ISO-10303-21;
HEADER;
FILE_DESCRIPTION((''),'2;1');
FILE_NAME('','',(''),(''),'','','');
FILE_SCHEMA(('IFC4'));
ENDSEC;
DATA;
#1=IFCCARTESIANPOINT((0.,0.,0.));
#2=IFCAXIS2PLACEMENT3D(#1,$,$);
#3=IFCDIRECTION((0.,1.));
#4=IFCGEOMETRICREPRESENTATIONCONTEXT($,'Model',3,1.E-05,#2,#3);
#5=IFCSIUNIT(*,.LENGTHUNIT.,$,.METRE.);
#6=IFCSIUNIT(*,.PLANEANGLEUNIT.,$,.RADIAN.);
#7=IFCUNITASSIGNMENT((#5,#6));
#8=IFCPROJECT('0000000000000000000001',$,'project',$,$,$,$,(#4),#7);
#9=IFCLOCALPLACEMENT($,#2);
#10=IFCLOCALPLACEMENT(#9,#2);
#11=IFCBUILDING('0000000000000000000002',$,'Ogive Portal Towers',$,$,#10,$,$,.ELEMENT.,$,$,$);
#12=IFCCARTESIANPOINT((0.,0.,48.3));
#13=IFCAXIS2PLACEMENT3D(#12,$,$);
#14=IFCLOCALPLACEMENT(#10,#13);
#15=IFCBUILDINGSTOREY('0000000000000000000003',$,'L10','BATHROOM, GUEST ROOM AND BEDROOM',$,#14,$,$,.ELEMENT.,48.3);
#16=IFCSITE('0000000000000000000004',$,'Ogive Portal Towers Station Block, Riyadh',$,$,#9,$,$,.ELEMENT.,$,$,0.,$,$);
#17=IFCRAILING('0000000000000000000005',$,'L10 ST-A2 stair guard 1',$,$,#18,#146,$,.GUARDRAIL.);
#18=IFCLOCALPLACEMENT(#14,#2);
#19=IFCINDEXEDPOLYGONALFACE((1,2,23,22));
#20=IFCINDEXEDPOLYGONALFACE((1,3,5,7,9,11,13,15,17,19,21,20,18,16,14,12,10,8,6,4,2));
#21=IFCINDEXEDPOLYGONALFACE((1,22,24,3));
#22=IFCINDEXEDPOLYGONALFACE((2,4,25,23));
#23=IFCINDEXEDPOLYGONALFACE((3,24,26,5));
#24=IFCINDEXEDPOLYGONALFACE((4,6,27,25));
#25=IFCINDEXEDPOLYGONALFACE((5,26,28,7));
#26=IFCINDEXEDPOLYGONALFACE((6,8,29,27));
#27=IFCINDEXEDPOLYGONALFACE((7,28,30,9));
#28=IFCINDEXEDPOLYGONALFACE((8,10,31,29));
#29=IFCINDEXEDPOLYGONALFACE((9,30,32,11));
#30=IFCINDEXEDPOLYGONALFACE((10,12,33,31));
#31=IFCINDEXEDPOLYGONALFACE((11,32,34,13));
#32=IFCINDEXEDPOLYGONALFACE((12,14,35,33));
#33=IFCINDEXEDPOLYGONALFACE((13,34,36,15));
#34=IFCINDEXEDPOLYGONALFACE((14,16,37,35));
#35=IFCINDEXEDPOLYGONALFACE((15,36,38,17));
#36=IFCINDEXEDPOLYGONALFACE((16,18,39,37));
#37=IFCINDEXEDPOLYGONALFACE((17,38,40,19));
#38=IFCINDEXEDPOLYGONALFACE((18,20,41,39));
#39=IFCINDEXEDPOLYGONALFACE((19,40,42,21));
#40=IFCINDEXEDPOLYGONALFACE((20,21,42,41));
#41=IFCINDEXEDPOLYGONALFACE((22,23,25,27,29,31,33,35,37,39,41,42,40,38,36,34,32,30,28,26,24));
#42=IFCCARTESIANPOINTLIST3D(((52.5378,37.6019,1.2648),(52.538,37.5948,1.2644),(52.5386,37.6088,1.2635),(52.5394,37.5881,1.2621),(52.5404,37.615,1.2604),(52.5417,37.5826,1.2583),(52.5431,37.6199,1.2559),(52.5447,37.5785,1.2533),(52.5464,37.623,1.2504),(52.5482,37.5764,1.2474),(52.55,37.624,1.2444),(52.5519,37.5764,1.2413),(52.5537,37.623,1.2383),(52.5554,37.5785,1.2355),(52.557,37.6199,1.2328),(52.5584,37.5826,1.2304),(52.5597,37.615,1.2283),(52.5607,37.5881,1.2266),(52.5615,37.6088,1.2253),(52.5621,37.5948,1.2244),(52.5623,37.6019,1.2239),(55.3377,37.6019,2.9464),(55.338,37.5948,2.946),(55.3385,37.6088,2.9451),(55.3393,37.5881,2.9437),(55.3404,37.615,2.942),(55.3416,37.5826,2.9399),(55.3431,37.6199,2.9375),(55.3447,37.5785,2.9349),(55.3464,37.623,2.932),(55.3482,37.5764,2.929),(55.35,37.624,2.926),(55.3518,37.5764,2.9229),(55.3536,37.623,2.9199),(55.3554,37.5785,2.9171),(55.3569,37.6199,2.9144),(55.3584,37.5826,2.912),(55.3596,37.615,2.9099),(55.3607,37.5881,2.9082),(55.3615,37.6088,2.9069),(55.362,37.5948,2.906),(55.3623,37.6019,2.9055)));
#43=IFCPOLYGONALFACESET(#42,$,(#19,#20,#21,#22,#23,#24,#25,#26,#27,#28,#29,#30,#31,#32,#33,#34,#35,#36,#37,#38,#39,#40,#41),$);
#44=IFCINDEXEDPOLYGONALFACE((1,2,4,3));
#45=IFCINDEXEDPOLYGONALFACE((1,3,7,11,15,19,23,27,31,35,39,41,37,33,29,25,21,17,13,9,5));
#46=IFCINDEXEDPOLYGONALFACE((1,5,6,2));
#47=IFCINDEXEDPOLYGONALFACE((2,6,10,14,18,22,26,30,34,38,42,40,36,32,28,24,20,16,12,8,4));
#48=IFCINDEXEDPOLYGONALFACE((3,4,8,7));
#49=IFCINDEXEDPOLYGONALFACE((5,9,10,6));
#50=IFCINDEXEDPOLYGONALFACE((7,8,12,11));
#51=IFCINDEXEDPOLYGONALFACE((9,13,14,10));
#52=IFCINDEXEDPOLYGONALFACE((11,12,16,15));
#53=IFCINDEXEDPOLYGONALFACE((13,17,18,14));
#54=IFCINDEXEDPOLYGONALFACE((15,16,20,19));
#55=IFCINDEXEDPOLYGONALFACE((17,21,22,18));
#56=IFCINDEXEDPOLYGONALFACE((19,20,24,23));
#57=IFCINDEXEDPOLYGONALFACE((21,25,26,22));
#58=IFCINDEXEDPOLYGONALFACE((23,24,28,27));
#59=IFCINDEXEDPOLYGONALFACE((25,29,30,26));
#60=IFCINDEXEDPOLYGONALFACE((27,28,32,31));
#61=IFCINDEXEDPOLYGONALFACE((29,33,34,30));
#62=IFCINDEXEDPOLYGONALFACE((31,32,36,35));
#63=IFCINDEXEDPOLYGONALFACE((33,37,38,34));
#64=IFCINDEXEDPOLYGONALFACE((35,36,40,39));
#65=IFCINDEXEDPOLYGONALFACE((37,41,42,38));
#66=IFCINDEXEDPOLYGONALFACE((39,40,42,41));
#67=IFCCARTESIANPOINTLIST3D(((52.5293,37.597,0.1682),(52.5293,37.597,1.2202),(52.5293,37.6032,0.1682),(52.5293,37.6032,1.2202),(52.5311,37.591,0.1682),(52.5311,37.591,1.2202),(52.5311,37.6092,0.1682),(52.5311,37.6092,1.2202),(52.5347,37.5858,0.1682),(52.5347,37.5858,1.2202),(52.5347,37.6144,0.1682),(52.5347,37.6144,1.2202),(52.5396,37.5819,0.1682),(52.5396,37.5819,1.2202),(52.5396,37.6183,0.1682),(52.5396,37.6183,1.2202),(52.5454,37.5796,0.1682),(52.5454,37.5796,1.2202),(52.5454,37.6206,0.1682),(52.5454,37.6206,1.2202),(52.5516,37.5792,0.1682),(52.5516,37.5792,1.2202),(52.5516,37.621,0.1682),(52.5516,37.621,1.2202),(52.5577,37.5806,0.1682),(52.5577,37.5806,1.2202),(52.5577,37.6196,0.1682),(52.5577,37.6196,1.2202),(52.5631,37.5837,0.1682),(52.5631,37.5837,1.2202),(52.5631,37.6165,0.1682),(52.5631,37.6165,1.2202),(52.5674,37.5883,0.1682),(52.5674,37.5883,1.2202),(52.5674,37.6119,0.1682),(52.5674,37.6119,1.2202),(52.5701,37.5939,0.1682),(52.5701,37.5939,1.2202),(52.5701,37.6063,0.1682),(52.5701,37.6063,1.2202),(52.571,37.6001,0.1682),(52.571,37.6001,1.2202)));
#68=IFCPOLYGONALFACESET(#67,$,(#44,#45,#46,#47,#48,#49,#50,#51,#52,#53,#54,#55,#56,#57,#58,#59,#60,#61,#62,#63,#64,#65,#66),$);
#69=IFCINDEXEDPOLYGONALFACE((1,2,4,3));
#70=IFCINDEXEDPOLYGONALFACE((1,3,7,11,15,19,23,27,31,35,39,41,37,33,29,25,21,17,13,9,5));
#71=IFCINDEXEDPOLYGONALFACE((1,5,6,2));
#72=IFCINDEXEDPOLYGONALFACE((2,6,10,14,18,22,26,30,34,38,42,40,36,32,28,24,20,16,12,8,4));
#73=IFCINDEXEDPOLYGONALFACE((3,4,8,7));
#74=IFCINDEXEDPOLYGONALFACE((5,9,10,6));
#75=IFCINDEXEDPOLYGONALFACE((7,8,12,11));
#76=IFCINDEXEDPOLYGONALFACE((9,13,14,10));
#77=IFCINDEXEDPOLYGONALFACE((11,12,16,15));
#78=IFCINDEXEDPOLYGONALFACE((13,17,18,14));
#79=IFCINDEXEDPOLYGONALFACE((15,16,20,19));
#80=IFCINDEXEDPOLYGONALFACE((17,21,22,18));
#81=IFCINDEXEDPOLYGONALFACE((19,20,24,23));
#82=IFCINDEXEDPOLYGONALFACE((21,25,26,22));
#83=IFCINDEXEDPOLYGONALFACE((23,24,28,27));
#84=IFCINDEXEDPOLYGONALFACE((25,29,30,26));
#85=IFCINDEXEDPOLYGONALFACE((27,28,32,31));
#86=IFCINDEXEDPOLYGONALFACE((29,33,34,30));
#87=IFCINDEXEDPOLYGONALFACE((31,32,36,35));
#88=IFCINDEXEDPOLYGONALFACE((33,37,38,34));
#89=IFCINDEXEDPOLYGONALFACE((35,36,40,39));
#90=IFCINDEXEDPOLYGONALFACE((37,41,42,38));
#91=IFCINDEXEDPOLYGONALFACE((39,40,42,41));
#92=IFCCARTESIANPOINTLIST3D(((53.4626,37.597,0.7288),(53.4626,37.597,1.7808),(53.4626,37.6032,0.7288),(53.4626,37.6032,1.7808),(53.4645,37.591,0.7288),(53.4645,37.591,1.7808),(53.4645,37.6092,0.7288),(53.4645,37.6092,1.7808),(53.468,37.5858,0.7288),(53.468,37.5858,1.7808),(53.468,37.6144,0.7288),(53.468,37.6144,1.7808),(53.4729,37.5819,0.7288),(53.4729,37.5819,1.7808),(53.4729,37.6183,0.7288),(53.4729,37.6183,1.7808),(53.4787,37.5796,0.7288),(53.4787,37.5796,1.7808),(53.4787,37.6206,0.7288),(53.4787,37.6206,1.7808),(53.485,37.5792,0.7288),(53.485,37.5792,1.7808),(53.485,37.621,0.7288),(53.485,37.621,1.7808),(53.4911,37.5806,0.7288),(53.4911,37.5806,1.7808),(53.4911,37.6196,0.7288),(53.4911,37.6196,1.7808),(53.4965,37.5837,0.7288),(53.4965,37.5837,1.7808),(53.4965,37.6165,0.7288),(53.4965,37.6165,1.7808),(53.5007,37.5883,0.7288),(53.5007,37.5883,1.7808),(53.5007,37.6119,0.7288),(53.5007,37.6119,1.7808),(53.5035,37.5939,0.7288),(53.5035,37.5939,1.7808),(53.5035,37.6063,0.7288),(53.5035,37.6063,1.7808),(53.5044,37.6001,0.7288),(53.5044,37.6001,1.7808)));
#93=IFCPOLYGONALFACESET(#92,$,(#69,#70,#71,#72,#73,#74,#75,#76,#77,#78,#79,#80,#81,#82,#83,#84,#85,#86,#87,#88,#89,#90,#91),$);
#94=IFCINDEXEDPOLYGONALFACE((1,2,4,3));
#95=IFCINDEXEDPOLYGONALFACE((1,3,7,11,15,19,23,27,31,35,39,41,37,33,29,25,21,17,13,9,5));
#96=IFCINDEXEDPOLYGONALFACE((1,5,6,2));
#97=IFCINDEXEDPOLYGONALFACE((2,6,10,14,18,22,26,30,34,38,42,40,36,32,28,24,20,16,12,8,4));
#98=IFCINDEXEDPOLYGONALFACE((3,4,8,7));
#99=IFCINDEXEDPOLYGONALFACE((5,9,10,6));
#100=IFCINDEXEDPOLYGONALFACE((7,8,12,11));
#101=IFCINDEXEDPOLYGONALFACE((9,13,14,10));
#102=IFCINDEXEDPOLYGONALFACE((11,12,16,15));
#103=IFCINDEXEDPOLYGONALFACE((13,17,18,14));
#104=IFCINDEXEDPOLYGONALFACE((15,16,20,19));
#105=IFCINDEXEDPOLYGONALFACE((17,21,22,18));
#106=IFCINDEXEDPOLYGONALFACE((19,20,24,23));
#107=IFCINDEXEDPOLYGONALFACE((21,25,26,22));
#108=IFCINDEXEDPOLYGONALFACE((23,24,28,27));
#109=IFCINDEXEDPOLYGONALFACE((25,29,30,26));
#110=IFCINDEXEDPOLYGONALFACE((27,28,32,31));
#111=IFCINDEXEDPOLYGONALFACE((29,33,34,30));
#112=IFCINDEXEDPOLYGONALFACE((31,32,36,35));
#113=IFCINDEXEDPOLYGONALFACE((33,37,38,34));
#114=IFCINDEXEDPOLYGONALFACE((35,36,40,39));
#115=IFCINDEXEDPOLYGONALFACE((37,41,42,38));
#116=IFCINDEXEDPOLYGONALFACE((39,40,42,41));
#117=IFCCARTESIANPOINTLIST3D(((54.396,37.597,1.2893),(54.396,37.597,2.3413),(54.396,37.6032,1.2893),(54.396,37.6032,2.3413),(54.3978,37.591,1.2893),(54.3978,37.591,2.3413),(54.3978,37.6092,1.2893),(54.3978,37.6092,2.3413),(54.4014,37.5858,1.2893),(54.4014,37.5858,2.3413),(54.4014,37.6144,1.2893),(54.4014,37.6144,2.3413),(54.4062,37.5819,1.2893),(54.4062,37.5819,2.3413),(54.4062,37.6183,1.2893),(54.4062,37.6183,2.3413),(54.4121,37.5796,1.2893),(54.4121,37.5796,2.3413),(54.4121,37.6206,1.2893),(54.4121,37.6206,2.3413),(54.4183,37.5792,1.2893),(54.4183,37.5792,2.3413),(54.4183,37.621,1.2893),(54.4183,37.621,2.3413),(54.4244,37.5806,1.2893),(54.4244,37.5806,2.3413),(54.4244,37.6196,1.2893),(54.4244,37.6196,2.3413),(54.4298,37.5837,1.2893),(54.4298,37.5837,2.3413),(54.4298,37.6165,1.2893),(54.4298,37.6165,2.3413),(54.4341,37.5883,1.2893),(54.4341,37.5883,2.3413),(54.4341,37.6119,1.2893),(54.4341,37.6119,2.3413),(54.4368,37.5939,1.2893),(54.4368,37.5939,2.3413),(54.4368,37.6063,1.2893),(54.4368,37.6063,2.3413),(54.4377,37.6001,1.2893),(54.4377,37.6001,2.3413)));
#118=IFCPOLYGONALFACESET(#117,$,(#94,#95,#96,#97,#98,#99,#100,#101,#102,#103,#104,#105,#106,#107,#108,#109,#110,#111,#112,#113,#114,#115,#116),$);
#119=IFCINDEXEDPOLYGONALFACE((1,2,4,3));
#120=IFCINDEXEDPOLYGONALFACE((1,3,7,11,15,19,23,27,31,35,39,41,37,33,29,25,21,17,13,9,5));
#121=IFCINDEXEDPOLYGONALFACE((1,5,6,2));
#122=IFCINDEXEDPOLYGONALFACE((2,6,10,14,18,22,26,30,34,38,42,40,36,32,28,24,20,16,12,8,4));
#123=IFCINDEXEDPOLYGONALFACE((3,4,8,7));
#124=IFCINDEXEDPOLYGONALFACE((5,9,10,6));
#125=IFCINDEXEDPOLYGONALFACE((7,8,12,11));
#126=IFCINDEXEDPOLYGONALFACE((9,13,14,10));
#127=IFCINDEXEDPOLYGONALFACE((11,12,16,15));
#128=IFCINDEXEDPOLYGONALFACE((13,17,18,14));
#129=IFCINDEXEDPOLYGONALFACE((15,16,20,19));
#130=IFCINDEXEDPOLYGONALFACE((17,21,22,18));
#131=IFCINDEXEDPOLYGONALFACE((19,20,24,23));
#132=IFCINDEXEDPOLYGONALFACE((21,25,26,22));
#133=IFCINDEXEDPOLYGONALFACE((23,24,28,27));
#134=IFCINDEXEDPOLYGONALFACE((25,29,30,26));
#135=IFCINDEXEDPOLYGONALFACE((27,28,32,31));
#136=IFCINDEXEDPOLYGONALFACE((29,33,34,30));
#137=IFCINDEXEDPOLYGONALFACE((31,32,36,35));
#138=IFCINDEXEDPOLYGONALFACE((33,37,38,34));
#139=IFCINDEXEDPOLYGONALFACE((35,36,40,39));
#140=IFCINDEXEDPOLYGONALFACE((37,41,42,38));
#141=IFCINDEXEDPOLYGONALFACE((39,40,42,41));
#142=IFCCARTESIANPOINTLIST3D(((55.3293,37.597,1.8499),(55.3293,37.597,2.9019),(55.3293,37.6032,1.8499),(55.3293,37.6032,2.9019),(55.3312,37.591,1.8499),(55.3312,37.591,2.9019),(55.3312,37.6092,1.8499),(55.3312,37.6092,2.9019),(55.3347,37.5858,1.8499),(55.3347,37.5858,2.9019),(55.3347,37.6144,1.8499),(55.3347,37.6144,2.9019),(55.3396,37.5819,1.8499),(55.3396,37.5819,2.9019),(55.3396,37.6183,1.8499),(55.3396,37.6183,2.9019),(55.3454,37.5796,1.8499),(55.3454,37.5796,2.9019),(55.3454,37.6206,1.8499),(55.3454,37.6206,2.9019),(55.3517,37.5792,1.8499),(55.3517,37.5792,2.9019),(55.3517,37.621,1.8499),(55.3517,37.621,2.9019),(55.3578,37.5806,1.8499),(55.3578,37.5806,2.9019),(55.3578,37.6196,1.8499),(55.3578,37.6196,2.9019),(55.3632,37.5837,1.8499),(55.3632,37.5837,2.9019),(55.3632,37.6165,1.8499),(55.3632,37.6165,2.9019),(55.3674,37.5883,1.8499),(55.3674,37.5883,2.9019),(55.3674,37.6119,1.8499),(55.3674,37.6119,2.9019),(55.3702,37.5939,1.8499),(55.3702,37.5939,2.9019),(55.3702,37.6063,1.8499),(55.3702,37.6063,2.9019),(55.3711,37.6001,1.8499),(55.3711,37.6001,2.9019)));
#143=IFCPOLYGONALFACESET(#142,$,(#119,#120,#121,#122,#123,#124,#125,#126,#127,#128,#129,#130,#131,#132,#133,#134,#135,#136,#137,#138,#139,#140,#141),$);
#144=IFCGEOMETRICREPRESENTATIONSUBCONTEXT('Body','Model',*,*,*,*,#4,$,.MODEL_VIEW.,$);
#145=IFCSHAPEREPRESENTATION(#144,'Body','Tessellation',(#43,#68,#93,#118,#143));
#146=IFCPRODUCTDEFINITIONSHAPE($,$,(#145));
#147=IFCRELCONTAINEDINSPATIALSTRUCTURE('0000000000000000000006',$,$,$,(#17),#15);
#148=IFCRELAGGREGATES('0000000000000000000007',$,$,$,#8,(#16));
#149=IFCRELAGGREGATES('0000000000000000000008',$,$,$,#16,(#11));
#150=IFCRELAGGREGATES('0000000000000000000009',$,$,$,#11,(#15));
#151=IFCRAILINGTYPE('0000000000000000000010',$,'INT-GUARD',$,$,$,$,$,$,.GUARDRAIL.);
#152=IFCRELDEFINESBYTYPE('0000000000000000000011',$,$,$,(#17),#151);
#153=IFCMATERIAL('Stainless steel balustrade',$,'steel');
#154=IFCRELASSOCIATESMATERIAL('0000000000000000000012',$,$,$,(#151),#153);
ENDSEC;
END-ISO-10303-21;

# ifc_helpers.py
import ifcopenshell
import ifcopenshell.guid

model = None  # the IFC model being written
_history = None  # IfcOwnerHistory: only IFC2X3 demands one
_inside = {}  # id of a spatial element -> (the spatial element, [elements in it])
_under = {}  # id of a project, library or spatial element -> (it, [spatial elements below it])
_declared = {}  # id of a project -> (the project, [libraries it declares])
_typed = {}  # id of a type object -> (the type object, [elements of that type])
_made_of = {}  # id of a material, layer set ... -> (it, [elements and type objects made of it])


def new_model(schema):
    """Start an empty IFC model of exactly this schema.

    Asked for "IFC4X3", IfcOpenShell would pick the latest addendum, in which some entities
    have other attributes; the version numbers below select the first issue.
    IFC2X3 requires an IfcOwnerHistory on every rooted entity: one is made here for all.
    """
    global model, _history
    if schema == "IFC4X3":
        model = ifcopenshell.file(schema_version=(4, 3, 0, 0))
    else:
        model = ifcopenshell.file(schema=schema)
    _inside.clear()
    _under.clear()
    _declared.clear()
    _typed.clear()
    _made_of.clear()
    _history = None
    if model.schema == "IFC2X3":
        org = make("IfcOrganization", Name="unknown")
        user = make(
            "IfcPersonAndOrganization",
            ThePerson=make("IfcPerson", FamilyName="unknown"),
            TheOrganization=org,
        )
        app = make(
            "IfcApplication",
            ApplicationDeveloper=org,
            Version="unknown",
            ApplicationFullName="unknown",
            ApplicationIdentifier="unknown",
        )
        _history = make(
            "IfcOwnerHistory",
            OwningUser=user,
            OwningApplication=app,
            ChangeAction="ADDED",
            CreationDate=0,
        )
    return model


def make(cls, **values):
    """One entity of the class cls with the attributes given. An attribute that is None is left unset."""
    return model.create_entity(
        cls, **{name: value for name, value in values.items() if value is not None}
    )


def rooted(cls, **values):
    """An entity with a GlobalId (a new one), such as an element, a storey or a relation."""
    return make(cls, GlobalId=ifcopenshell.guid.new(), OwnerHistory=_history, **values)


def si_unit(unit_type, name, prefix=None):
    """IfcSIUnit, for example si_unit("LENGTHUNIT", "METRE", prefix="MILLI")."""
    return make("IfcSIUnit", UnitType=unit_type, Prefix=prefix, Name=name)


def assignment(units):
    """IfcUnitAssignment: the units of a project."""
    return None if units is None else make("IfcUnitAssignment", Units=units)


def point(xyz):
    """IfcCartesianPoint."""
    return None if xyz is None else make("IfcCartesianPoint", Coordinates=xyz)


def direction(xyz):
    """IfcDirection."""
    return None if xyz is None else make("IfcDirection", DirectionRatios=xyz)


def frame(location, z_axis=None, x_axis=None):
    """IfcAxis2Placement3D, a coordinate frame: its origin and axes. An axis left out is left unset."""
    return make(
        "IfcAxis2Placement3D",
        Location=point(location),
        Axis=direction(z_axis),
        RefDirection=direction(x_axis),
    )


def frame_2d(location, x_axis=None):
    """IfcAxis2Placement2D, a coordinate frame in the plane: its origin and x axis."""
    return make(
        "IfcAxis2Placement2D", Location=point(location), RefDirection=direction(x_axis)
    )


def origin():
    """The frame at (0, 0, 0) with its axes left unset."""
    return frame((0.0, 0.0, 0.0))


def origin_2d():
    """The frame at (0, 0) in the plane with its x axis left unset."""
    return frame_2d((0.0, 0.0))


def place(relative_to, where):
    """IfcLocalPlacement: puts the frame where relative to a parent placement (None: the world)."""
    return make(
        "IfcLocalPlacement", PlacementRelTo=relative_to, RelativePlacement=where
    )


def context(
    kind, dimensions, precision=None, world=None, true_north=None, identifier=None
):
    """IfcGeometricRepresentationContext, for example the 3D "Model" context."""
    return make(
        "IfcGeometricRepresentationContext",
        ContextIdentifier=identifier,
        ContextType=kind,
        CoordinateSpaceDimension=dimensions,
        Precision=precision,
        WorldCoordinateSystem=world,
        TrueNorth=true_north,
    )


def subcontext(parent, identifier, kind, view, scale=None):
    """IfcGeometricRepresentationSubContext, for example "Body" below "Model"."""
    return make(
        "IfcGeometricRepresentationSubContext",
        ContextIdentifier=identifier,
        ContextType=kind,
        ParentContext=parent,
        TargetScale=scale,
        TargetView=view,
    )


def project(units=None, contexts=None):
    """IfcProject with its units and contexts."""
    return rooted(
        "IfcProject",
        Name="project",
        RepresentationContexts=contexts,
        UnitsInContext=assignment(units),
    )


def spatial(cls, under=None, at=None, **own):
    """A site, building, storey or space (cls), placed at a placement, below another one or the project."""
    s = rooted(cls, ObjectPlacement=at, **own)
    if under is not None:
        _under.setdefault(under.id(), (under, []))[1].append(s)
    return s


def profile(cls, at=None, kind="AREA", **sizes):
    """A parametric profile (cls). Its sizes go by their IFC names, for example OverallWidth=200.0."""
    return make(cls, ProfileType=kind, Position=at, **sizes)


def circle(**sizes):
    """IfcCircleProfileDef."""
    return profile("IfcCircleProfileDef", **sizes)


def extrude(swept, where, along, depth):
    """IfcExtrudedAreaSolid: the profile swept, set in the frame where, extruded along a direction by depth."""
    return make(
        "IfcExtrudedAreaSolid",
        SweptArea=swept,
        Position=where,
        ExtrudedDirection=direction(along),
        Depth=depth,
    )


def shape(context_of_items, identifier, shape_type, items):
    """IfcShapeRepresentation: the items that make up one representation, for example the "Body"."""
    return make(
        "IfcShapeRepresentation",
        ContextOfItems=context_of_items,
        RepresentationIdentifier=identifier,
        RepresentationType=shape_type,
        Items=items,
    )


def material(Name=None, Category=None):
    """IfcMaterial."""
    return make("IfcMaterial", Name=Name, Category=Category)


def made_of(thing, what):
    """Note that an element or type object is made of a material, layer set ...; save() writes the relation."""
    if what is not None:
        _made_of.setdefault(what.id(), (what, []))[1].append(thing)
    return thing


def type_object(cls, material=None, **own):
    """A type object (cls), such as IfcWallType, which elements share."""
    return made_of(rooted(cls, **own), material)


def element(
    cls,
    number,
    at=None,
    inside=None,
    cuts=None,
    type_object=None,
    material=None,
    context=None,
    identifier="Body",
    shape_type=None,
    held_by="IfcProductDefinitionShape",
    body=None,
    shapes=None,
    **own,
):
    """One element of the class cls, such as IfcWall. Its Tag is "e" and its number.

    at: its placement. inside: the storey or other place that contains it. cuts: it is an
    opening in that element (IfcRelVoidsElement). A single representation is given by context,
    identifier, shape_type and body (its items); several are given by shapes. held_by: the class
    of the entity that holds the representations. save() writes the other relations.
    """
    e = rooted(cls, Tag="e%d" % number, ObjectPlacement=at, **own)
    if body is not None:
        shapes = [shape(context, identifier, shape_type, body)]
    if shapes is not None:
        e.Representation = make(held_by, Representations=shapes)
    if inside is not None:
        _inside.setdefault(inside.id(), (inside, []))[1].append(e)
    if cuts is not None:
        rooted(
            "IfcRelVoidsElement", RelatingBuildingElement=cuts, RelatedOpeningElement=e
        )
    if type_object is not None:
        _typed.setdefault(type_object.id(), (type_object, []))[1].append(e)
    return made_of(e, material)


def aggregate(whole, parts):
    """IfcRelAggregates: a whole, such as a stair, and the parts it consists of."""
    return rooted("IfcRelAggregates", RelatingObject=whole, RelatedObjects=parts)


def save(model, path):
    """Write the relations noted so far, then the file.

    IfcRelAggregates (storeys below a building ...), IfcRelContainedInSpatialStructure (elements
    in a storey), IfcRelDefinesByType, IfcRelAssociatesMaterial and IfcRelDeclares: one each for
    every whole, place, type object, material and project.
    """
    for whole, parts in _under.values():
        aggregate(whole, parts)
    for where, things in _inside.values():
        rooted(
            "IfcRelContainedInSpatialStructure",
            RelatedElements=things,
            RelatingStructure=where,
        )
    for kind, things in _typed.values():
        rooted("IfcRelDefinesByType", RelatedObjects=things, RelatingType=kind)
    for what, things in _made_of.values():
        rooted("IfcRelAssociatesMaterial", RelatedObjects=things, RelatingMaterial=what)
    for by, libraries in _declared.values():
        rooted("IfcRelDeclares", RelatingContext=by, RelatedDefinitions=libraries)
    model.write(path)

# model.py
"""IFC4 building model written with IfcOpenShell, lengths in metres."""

from ifc_helpers import new_model, si_unit, direction, frame, origin, origin_2d, place, context, subcontext, project, spatial, circle, extrude, material, type_object, element, save


model = new_model("IFC4")

# Units and contexts
model_context = context("Model", 3, precision=1e-05, world=origin(), true_north=direction((0.0, 1.0)))
body_context = subcontext(model_context, "Body", "Model", "MODEL_VIEW")
ifc_project = project(units=[si_unit("LENGTHUNIT", "METRE"), si_unit("PLANEANGLEUNIT", "RADIAN")], contexts=[model_context])

# Site, building, storey
site_placement = place(None, origin())
site = spatial("IfcSite", under=ifc_project, at=site_placement, Name="Ogive Portal Towers Station Block, Riyadh", CompositionType="ELEMENT", RefElevation=0.0)
building_placement = place(site_placement, origin())
building = spatial("IfcBuilding", under=site, at=building_placement, Name="Ogive Portal Towers", CompositionType="ELEMENT")
storey_placement = place(building_placement, frame((0.0, 0.0, 48.3)))
storey = spatial("IfcBuildingStorey", under=building, at=storey_placement, Name="L10", Description="BATHROOM, GUEST ROOM AND BEDROOM", CompositionType="ELEMENT", Elevation=48.3)

# Railing
ifc_material_1 = material(Name="Stainless steel balustrade", Category="steel")
railing_type_1 = type_object("IfcRailingType", Name="INT-GUARD", PredefinedType="GUARDRAIL", material=ifc_material_1)
railing_1_placement = place(storey_placement, frame((52.55, 37.6001, 0.1682)))
element("IfcRailing", 1, at=railing_1_placement, inside=storey, type_object=railing_type_1, Name="L10 ST-A2 stair guard 1", PredefinedType="GUARDRAIL", context=body_context, shape_type="SweptSolid", body=[
    extrude(circle(Radius=0.0239, at=origin_2d()), frame((0.0, 0.0, 1.0762), z_axis=(0.857275, 0.0, 0.514858), x_axis=(0.0, 1.0, 0.0)), (0.0, 0.0, 1.0), 3.2661),
    extrude(circle(Radius=0.021, at=origin_2d()), origin(), (0.0, 0.0, 1.0), 1.052),
    extrude(circle(Radius=0.021, at=origin_2d()), frame((0.9333, 0.0, 0.5605)), (0.0, 0.0, 1.0), 1.052),
    extrude(circle(Radius=0.021, at=origin_2d()), frame((1.8667, 0.0, 1.1211)), (0.0, 0.0, 1.0), 1.052),
    extrude(circle(Radius=0.021, at=origin_2d()), frame((2.8, 0.0, 1.6816)), (0.0, 0.0, 1.0), 1.052),
])

save(model, "model.ifc")
